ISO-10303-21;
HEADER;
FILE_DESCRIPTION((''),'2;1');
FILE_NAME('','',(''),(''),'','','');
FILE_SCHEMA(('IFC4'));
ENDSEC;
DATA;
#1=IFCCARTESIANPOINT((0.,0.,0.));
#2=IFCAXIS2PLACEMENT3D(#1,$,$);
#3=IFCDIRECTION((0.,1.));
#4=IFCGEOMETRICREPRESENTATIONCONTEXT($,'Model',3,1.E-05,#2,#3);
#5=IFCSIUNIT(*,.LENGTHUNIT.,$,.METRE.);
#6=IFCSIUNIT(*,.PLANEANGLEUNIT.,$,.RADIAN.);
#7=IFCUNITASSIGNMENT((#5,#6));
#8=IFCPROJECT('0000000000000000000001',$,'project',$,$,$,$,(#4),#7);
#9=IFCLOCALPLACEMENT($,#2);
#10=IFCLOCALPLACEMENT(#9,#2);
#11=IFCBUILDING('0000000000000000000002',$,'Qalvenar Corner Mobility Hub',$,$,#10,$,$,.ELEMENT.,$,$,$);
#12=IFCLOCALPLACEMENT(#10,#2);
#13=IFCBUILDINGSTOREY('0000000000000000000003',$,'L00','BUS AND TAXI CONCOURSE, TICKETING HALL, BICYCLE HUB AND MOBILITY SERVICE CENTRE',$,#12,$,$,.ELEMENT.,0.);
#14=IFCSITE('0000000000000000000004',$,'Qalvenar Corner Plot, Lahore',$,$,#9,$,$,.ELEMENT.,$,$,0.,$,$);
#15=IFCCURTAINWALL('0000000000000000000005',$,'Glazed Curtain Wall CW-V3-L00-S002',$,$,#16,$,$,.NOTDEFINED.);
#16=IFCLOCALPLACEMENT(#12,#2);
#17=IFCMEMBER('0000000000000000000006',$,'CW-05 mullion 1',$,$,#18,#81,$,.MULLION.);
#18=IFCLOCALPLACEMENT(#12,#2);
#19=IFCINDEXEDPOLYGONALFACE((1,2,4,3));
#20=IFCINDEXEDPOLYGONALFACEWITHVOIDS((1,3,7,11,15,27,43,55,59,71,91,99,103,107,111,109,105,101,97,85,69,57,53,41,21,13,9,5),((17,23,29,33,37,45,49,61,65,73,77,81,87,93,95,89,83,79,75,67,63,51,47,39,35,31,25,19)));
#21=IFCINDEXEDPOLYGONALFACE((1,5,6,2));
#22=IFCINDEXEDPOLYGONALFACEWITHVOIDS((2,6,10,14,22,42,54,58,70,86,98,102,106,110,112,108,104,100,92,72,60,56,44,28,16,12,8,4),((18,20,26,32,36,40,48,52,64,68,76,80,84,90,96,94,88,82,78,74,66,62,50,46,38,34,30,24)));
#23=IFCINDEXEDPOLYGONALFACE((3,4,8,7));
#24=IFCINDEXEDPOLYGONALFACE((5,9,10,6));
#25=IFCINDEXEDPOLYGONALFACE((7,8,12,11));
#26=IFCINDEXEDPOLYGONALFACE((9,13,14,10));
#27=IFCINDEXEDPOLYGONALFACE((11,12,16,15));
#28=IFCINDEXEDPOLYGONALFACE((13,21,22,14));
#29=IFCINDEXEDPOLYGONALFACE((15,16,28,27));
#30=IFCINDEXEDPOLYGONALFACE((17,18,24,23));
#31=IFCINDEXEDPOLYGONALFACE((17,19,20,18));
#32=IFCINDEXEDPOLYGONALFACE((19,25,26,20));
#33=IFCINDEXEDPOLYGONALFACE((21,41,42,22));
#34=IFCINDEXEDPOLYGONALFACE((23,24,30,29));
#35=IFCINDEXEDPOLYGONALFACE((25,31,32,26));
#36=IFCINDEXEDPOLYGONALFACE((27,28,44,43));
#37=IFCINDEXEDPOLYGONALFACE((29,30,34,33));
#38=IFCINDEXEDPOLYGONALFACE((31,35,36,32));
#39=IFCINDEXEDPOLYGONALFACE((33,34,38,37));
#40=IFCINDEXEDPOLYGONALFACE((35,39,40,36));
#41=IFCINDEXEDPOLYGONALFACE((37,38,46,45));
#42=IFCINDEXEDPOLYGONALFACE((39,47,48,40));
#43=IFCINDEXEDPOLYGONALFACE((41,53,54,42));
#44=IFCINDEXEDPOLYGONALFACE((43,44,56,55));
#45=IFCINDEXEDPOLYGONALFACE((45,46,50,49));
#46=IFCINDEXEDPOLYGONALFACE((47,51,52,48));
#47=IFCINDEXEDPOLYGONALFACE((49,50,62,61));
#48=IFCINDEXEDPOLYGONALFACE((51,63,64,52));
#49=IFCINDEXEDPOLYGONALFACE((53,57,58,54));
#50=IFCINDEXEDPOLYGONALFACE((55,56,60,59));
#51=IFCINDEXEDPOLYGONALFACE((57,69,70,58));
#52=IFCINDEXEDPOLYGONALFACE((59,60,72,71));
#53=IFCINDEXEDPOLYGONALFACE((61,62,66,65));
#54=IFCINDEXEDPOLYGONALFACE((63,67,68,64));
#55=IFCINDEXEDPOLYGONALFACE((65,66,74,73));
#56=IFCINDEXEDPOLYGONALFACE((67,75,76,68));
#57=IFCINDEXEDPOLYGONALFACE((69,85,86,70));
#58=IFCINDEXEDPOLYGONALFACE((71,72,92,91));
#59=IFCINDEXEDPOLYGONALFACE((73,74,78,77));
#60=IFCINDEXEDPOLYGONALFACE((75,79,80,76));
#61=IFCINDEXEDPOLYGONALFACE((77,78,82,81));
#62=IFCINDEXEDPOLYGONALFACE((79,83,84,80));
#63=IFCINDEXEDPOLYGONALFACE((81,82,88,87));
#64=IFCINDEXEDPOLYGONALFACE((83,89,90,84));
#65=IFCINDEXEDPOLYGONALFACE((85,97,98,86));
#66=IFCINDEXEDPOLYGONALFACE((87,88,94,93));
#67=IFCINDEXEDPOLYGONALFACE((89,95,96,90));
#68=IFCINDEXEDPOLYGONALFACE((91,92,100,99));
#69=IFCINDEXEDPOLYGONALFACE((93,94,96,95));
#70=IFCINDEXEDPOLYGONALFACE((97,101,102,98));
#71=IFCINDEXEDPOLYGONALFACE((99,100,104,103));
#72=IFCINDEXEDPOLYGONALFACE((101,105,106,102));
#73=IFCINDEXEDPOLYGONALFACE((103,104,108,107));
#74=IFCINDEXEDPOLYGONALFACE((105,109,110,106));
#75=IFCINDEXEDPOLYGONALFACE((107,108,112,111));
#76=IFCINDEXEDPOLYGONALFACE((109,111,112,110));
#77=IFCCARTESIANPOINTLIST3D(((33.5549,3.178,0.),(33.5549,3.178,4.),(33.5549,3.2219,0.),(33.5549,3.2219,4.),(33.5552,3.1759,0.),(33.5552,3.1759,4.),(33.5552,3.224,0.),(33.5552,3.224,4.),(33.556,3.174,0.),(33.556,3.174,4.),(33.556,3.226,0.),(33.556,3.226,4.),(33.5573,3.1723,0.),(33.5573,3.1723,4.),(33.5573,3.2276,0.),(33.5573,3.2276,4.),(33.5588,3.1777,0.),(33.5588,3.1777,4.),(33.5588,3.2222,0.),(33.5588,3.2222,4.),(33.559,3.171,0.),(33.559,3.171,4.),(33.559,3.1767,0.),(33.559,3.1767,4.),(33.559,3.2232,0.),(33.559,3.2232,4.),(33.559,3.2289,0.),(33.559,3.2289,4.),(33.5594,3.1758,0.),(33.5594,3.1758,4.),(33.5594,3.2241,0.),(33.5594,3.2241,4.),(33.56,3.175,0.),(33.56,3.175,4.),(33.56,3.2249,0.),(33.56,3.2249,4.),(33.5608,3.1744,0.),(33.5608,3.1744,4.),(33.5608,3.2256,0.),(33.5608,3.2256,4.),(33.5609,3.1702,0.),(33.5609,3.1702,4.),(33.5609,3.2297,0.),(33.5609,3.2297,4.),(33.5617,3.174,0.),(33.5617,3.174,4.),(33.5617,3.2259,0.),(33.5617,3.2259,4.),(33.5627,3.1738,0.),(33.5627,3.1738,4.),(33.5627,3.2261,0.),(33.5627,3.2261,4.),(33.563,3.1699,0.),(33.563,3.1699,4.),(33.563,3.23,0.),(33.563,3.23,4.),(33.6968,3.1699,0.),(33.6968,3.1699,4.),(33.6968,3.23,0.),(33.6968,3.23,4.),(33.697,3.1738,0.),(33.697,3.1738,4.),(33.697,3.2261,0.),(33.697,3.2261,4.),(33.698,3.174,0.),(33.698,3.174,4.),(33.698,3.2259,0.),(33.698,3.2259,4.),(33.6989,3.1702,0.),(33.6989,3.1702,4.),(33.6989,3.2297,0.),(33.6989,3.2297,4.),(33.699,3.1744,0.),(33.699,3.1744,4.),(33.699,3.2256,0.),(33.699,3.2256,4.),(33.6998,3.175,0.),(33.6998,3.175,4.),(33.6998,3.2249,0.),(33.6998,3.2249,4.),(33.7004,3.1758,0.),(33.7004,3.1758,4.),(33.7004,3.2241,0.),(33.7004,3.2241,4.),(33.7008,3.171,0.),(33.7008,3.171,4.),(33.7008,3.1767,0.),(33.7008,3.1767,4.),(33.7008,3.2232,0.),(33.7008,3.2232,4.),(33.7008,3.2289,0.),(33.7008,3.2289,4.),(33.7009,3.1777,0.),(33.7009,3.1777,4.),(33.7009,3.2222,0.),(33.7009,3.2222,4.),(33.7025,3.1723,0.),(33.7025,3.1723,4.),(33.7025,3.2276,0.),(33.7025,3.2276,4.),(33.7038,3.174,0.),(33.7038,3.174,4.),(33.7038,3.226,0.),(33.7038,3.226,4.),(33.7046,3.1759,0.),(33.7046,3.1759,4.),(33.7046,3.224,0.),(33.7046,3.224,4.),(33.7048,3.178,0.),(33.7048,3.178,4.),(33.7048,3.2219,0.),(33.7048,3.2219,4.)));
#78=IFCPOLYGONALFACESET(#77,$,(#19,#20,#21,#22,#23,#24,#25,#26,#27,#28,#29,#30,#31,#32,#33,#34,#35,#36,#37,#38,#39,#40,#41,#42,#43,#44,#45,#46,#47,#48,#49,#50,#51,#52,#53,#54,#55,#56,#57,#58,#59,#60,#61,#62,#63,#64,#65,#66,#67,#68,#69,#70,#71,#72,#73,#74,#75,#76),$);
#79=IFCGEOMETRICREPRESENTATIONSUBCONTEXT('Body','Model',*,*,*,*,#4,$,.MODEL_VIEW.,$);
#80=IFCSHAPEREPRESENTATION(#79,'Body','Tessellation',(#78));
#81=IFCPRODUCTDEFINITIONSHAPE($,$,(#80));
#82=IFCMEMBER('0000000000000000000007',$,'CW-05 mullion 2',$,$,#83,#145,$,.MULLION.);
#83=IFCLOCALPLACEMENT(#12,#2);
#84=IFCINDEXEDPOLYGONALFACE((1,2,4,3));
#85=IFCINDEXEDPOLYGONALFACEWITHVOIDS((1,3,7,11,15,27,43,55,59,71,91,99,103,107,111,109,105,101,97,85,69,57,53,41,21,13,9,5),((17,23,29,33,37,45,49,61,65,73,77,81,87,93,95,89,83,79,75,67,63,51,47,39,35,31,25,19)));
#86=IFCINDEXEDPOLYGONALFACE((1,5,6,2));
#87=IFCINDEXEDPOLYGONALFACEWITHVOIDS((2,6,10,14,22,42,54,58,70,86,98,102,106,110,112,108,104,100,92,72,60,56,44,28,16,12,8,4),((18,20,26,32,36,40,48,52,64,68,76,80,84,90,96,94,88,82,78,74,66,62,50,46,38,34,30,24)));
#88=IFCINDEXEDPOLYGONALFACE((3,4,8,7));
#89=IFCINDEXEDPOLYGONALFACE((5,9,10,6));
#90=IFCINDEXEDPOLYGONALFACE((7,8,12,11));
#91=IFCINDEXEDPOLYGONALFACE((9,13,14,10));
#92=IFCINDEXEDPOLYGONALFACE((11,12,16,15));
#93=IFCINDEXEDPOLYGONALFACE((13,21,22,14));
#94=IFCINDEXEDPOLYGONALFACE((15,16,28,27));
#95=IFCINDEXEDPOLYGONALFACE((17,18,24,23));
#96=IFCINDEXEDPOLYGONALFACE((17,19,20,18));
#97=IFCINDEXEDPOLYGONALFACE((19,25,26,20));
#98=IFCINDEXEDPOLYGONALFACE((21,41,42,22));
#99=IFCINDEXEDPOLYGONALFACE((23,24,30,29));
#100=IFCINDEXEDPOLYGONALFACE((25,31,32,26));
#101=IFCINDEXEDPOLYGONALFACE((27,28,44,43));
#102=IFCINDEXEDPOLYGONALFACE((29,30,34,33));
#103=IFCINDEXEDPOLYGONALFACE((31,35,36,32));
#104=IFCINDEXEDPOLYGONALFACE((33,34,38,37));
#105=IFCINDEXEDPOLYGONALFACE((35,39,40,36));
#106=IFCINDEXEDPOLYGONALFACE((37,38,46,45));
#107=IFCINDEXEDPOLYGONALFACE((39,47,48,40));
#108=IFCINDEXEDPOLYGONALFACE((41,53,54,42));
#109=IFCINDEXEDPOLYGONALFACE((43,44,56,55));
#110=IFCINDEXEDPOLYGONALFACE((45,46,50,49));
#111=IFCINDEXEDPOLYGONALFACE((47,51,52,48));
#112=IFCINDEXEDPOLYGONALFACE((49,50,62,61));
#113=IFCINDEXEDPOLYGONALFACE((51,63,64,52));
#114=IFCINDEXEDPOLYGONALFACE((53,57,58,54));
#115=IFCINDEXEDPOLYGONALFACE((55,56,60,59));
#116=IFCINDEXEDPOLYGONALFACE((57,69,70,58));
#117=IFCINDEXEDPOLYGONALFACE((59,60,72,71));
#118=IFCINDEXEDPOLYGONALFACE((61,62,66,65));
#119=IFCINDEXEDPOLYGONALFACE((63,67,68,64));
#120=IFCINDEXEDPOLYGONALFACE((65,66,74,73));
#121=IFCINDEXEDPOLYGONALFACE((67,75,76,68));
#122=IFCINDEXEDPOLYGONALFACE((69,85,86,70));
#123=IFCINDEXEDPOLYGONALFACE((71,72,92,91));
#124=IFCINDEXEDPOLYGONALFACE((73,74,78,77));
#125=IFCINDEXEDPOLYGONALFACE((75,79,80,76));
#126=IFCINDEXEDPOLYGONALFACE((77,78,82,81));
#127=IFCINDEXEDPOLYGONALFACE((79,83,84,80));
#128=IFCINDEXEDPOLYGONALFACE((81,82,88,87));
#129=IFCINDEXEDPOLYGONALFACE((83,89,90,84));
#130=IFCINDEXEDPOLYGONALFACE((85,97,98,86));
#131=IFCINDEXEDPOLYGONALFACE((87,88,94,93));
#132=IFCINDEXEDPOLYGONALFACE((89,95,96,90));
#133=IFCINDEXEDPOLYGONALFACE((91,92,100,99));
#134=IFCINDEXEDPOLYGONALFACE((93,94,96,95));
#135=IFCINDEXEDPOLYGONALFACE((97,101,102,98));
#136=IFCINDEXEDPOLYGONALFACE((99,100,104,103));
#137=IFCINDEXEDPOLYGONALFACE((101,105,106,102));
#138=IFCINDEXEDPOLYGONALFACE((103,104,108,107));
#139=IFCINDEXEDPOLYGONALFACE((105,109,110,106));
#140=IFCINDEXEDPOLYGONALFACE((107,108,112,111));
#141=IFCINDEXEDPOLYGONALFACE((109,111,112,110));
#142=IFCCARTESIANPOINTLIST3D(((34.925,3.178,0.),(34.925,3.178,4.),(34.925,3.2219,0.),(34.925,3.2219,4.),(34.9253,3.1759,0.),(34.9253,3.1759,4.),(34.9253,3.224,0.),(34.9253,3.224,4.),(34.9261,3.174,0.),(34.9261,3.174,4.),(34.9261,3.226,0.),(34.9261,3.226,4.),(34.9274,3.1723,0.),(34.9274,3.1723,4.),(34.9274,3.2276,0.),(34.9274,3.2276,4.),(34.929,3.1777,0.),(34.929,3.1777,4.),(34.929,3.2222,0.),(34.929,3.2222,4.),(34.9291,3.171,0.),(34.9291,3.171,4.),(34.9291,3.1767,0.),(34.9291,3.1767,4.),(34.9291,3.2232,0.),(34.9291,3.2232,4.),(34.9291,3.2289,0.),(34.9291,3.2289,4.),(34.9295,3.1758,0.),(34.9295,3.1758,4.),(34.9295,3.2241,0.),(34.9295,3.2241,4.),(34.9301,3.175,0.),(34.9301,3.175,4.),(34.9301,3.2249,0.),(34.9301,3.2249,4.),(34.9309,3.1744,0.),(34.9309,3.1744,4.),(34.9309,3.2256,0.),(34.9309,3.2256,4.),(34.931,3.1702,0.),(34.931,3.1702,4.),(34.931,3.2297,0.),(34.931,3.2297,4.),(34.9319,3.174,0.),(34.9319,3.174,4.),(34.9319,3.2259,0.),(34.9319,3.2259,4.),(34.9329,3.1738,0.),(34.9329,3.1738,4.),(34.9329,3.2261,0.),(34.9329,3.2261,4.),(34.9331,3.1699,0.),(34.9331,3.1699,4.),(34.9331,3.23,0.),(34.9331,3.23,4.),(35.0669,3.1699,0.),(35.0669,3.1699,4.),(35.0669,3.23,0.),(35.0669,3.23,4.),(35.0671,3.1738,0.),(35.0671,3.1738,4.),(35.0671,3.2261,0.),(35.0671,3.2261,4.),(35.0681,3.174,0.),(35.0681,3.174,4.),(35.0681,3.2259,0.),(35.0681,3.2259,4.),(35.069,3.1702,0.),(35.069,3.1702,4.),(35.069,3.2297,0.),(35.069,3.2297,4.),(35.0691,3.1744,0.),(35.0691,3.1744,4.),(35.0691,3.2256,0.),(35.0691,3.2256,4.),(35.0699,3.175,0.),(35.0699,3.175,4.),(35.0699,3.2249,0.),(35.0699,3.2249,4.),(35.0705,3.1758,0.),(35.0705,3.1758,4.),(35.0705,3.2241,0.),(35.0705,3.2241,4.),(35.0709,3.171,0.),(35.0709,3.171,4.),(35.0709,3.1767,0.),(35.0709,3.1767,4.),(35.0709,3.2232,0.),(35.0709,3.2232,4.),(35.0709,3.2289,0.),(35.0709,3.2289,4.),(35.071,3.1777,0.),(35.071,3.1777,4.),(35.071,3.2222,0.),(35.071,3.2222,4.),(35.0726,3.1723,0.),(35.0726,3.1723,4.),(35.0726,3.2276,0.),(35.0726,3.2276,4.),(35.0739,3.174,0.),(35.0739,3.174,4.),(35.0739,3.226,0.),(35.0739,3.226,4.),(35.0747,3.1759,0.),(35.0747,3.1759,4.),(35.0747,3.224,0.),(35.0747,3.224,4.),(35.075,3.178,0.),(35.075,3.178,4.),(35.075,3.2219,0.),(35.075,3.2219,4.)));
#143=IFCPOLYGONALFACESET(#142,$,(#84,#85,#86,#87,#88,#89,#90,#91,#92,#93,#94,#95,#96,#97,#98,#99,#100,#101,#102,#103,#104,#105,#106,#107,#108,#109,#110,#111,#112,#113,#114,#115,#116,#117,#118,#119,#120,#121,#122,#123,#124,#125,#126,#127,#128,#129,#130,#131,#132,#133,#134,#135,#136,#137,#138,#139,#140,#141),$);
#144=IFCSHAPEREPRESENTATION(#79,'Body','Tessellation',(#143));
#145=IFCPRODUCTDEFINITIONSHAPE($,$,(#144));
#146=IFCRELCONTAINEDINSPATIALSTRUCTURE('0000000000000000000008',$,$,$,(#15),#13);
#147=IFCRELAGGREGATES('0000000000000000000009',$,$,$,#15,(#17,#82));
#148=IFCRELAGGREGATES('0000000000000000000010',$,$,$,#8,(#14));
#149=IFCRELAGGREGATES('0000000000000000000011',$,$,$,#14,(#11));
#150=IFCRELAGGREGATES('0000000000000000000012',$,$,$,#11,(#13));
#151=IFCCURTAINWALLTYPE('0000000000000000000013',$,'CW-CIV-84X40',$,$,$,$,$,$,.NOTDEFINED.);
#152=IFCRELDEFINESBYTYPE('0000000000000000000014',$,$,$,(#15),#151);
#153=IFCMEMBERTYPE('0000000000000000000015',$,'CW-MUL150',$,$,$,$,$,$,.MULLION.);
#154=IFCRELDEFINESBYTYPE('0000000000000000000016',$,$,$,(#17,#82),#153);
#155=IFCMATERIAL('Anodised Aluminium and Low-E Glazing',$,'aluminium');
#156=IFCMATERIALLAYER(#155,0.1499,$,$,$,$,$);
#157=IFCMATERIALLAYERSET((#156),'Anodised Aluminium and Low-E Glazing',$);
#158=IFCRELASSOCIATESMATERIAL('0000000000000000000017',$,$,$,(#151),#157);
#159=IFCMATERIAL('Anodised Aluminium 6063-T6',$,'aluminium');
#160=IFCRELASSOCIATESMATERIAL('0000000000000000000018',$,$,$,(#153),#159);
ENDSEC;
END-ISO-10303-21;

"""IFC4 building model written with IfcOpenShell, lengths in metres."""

from ifc_helpers import new_model, si_unit, direction, frame, origin, origin_2d, place, context, subcontext, project, spatial, hollow_rectangle, extrude, material, layer, layer_set, material_profile, profile_set, type_object, element, aggregate, save


model = new_model("IFC4")

# Units and contexts
model_context = context("Model", 3, precision=1e-05, world=origin(), true_north=direction((0.0, 1.0)))
body_context = subcontext(model_context, "Body", "Model", "MODEL_VIEW")
ifc_project = project(units=[si_unit("LENGTHUNIT", "METRE"), si_unit("PLANEANGLEUNIT", "RADIAN")], contexts=[model_context])

# Site, building, storey
site_placement = place(None, origin())
site = spatial("IfcSite", under=ifc_project, at=site_placement, Name="Qalvenar Corner Plot, Lahore", CompositionType="ELEMENT", RefElevation=0.0)
building_placement = place(site_placement, origin())
building = spatial("IfcBuilding", under=site, at=building_placement, Name="Qalvenar Corner Mobility Hub", CompositionType="ELEMENT")
storey_placement = place(building_placement, origin())
storey = spatial("IfcBuildingStorey", under=building, at=storey_placement, Name="L00", Description="BUS AND TAXI CONCOURSE, TICKETING HALL, BICYCLE HUB AND MOBILITY SERVICE CENTRE", CompositionType="ELEMENT", Elevation=0.0)

# Curtain wall, members
ifc_material_1 = material(Name="Anodised Aluminium and Low-E Glazing", Category="aluminium")
ifc_layer_1 = layer(ifc_material_1, 0.1499)
ifc_layer_set_1 = layer_set([ifc_layer_1], Name="Anodised Aluminium and Low-E Glazing")
curtain_wall_type = type_object("IfcCurtainWallType", Name="CW-CIV-84X40", PredefinedType="NOTDEFINED", material=ifc_layer_set_1)
curtain_wall_placement = place(storey_placement, origin())
curtain_wall = element("IfcCurtainWall", 1, at=curtain_wall_placement, inside=storey, type_object=curtain_wall_type, Name="Glazed Curtain Wall CW-V3-L00-S002", PredefinedType="NOTDEFINED")
ifc_material_2 = material(Name="Anodised Aluminium 6063-T6", Category="aluminium")
ifc_material_profile_1 = material_profile(ifc_material_2, hollow_rectangle(XDim=0.0601, YDim=0.1499, WallThickness=0.0039, InnerFilletRadius=0.0039, OuterFilletRadius=0.0081, at=origin_2d()), Name="RHS150x60x4")
ifc_profile_set_1 = profile_set([ifc_material_profile_1], Name="Anodised Aluminium 6063-T6")
member_type_1 = type_object("IfcMemberType", Name="CW-MUL150", PredefinedType="MULLION", material=ifc_profile_set_1)
member_1_placement = place(storey_placement, frame((33.6299, 3.2, 0.0), z_axis=(0.0, 0.0, 1.0), x_axis=(0.0, 1.0, 0.0)))
member_1 = element("IfcMember", 2, at=member_1_placement, type_object=member_type_1, Name="CW-05 mullion 1", PredefinedType="MULLION", context=body_context, shape_type="SweptSolid", body=[
    extrude(hollow_rectangle(XDim=0.0601, YDim=0.1499, WallThickness=0.0039, InnerFilletRadius=0.0039, OuterFilletRadius=0.0081, at=origin_2d()), origin(), (0.0, 0.0, 1.0), 4.0),
])
member_2_placement = place(storey_placement, frame((35.0, 3.2, 0.0), z_axis=(0.0, 0.0, 1.0), x_axis=(0.0, 1.0, 0.0)))
member_2 = element("IfcMember", 3, at=member_2_placement, type_object=member_type_1, Name="CW-05 mullion 2", PredefinedType="MULLION", context=body_context, shape_type="SweptSolid", body=[
    extrude(hollow_rectangle(XDim=0.0601, YDim=0.1499, WallThickness=0.0039, InnerFilletRadius=0.0039, OuterFilletRadius=0.0081, at=origin_2d()), origin(), (0.0, 0.0, 1.0), 4.0),
])
aggregate(curtain_wall, [member_1, member_2])

save(model, "model.ifc")
